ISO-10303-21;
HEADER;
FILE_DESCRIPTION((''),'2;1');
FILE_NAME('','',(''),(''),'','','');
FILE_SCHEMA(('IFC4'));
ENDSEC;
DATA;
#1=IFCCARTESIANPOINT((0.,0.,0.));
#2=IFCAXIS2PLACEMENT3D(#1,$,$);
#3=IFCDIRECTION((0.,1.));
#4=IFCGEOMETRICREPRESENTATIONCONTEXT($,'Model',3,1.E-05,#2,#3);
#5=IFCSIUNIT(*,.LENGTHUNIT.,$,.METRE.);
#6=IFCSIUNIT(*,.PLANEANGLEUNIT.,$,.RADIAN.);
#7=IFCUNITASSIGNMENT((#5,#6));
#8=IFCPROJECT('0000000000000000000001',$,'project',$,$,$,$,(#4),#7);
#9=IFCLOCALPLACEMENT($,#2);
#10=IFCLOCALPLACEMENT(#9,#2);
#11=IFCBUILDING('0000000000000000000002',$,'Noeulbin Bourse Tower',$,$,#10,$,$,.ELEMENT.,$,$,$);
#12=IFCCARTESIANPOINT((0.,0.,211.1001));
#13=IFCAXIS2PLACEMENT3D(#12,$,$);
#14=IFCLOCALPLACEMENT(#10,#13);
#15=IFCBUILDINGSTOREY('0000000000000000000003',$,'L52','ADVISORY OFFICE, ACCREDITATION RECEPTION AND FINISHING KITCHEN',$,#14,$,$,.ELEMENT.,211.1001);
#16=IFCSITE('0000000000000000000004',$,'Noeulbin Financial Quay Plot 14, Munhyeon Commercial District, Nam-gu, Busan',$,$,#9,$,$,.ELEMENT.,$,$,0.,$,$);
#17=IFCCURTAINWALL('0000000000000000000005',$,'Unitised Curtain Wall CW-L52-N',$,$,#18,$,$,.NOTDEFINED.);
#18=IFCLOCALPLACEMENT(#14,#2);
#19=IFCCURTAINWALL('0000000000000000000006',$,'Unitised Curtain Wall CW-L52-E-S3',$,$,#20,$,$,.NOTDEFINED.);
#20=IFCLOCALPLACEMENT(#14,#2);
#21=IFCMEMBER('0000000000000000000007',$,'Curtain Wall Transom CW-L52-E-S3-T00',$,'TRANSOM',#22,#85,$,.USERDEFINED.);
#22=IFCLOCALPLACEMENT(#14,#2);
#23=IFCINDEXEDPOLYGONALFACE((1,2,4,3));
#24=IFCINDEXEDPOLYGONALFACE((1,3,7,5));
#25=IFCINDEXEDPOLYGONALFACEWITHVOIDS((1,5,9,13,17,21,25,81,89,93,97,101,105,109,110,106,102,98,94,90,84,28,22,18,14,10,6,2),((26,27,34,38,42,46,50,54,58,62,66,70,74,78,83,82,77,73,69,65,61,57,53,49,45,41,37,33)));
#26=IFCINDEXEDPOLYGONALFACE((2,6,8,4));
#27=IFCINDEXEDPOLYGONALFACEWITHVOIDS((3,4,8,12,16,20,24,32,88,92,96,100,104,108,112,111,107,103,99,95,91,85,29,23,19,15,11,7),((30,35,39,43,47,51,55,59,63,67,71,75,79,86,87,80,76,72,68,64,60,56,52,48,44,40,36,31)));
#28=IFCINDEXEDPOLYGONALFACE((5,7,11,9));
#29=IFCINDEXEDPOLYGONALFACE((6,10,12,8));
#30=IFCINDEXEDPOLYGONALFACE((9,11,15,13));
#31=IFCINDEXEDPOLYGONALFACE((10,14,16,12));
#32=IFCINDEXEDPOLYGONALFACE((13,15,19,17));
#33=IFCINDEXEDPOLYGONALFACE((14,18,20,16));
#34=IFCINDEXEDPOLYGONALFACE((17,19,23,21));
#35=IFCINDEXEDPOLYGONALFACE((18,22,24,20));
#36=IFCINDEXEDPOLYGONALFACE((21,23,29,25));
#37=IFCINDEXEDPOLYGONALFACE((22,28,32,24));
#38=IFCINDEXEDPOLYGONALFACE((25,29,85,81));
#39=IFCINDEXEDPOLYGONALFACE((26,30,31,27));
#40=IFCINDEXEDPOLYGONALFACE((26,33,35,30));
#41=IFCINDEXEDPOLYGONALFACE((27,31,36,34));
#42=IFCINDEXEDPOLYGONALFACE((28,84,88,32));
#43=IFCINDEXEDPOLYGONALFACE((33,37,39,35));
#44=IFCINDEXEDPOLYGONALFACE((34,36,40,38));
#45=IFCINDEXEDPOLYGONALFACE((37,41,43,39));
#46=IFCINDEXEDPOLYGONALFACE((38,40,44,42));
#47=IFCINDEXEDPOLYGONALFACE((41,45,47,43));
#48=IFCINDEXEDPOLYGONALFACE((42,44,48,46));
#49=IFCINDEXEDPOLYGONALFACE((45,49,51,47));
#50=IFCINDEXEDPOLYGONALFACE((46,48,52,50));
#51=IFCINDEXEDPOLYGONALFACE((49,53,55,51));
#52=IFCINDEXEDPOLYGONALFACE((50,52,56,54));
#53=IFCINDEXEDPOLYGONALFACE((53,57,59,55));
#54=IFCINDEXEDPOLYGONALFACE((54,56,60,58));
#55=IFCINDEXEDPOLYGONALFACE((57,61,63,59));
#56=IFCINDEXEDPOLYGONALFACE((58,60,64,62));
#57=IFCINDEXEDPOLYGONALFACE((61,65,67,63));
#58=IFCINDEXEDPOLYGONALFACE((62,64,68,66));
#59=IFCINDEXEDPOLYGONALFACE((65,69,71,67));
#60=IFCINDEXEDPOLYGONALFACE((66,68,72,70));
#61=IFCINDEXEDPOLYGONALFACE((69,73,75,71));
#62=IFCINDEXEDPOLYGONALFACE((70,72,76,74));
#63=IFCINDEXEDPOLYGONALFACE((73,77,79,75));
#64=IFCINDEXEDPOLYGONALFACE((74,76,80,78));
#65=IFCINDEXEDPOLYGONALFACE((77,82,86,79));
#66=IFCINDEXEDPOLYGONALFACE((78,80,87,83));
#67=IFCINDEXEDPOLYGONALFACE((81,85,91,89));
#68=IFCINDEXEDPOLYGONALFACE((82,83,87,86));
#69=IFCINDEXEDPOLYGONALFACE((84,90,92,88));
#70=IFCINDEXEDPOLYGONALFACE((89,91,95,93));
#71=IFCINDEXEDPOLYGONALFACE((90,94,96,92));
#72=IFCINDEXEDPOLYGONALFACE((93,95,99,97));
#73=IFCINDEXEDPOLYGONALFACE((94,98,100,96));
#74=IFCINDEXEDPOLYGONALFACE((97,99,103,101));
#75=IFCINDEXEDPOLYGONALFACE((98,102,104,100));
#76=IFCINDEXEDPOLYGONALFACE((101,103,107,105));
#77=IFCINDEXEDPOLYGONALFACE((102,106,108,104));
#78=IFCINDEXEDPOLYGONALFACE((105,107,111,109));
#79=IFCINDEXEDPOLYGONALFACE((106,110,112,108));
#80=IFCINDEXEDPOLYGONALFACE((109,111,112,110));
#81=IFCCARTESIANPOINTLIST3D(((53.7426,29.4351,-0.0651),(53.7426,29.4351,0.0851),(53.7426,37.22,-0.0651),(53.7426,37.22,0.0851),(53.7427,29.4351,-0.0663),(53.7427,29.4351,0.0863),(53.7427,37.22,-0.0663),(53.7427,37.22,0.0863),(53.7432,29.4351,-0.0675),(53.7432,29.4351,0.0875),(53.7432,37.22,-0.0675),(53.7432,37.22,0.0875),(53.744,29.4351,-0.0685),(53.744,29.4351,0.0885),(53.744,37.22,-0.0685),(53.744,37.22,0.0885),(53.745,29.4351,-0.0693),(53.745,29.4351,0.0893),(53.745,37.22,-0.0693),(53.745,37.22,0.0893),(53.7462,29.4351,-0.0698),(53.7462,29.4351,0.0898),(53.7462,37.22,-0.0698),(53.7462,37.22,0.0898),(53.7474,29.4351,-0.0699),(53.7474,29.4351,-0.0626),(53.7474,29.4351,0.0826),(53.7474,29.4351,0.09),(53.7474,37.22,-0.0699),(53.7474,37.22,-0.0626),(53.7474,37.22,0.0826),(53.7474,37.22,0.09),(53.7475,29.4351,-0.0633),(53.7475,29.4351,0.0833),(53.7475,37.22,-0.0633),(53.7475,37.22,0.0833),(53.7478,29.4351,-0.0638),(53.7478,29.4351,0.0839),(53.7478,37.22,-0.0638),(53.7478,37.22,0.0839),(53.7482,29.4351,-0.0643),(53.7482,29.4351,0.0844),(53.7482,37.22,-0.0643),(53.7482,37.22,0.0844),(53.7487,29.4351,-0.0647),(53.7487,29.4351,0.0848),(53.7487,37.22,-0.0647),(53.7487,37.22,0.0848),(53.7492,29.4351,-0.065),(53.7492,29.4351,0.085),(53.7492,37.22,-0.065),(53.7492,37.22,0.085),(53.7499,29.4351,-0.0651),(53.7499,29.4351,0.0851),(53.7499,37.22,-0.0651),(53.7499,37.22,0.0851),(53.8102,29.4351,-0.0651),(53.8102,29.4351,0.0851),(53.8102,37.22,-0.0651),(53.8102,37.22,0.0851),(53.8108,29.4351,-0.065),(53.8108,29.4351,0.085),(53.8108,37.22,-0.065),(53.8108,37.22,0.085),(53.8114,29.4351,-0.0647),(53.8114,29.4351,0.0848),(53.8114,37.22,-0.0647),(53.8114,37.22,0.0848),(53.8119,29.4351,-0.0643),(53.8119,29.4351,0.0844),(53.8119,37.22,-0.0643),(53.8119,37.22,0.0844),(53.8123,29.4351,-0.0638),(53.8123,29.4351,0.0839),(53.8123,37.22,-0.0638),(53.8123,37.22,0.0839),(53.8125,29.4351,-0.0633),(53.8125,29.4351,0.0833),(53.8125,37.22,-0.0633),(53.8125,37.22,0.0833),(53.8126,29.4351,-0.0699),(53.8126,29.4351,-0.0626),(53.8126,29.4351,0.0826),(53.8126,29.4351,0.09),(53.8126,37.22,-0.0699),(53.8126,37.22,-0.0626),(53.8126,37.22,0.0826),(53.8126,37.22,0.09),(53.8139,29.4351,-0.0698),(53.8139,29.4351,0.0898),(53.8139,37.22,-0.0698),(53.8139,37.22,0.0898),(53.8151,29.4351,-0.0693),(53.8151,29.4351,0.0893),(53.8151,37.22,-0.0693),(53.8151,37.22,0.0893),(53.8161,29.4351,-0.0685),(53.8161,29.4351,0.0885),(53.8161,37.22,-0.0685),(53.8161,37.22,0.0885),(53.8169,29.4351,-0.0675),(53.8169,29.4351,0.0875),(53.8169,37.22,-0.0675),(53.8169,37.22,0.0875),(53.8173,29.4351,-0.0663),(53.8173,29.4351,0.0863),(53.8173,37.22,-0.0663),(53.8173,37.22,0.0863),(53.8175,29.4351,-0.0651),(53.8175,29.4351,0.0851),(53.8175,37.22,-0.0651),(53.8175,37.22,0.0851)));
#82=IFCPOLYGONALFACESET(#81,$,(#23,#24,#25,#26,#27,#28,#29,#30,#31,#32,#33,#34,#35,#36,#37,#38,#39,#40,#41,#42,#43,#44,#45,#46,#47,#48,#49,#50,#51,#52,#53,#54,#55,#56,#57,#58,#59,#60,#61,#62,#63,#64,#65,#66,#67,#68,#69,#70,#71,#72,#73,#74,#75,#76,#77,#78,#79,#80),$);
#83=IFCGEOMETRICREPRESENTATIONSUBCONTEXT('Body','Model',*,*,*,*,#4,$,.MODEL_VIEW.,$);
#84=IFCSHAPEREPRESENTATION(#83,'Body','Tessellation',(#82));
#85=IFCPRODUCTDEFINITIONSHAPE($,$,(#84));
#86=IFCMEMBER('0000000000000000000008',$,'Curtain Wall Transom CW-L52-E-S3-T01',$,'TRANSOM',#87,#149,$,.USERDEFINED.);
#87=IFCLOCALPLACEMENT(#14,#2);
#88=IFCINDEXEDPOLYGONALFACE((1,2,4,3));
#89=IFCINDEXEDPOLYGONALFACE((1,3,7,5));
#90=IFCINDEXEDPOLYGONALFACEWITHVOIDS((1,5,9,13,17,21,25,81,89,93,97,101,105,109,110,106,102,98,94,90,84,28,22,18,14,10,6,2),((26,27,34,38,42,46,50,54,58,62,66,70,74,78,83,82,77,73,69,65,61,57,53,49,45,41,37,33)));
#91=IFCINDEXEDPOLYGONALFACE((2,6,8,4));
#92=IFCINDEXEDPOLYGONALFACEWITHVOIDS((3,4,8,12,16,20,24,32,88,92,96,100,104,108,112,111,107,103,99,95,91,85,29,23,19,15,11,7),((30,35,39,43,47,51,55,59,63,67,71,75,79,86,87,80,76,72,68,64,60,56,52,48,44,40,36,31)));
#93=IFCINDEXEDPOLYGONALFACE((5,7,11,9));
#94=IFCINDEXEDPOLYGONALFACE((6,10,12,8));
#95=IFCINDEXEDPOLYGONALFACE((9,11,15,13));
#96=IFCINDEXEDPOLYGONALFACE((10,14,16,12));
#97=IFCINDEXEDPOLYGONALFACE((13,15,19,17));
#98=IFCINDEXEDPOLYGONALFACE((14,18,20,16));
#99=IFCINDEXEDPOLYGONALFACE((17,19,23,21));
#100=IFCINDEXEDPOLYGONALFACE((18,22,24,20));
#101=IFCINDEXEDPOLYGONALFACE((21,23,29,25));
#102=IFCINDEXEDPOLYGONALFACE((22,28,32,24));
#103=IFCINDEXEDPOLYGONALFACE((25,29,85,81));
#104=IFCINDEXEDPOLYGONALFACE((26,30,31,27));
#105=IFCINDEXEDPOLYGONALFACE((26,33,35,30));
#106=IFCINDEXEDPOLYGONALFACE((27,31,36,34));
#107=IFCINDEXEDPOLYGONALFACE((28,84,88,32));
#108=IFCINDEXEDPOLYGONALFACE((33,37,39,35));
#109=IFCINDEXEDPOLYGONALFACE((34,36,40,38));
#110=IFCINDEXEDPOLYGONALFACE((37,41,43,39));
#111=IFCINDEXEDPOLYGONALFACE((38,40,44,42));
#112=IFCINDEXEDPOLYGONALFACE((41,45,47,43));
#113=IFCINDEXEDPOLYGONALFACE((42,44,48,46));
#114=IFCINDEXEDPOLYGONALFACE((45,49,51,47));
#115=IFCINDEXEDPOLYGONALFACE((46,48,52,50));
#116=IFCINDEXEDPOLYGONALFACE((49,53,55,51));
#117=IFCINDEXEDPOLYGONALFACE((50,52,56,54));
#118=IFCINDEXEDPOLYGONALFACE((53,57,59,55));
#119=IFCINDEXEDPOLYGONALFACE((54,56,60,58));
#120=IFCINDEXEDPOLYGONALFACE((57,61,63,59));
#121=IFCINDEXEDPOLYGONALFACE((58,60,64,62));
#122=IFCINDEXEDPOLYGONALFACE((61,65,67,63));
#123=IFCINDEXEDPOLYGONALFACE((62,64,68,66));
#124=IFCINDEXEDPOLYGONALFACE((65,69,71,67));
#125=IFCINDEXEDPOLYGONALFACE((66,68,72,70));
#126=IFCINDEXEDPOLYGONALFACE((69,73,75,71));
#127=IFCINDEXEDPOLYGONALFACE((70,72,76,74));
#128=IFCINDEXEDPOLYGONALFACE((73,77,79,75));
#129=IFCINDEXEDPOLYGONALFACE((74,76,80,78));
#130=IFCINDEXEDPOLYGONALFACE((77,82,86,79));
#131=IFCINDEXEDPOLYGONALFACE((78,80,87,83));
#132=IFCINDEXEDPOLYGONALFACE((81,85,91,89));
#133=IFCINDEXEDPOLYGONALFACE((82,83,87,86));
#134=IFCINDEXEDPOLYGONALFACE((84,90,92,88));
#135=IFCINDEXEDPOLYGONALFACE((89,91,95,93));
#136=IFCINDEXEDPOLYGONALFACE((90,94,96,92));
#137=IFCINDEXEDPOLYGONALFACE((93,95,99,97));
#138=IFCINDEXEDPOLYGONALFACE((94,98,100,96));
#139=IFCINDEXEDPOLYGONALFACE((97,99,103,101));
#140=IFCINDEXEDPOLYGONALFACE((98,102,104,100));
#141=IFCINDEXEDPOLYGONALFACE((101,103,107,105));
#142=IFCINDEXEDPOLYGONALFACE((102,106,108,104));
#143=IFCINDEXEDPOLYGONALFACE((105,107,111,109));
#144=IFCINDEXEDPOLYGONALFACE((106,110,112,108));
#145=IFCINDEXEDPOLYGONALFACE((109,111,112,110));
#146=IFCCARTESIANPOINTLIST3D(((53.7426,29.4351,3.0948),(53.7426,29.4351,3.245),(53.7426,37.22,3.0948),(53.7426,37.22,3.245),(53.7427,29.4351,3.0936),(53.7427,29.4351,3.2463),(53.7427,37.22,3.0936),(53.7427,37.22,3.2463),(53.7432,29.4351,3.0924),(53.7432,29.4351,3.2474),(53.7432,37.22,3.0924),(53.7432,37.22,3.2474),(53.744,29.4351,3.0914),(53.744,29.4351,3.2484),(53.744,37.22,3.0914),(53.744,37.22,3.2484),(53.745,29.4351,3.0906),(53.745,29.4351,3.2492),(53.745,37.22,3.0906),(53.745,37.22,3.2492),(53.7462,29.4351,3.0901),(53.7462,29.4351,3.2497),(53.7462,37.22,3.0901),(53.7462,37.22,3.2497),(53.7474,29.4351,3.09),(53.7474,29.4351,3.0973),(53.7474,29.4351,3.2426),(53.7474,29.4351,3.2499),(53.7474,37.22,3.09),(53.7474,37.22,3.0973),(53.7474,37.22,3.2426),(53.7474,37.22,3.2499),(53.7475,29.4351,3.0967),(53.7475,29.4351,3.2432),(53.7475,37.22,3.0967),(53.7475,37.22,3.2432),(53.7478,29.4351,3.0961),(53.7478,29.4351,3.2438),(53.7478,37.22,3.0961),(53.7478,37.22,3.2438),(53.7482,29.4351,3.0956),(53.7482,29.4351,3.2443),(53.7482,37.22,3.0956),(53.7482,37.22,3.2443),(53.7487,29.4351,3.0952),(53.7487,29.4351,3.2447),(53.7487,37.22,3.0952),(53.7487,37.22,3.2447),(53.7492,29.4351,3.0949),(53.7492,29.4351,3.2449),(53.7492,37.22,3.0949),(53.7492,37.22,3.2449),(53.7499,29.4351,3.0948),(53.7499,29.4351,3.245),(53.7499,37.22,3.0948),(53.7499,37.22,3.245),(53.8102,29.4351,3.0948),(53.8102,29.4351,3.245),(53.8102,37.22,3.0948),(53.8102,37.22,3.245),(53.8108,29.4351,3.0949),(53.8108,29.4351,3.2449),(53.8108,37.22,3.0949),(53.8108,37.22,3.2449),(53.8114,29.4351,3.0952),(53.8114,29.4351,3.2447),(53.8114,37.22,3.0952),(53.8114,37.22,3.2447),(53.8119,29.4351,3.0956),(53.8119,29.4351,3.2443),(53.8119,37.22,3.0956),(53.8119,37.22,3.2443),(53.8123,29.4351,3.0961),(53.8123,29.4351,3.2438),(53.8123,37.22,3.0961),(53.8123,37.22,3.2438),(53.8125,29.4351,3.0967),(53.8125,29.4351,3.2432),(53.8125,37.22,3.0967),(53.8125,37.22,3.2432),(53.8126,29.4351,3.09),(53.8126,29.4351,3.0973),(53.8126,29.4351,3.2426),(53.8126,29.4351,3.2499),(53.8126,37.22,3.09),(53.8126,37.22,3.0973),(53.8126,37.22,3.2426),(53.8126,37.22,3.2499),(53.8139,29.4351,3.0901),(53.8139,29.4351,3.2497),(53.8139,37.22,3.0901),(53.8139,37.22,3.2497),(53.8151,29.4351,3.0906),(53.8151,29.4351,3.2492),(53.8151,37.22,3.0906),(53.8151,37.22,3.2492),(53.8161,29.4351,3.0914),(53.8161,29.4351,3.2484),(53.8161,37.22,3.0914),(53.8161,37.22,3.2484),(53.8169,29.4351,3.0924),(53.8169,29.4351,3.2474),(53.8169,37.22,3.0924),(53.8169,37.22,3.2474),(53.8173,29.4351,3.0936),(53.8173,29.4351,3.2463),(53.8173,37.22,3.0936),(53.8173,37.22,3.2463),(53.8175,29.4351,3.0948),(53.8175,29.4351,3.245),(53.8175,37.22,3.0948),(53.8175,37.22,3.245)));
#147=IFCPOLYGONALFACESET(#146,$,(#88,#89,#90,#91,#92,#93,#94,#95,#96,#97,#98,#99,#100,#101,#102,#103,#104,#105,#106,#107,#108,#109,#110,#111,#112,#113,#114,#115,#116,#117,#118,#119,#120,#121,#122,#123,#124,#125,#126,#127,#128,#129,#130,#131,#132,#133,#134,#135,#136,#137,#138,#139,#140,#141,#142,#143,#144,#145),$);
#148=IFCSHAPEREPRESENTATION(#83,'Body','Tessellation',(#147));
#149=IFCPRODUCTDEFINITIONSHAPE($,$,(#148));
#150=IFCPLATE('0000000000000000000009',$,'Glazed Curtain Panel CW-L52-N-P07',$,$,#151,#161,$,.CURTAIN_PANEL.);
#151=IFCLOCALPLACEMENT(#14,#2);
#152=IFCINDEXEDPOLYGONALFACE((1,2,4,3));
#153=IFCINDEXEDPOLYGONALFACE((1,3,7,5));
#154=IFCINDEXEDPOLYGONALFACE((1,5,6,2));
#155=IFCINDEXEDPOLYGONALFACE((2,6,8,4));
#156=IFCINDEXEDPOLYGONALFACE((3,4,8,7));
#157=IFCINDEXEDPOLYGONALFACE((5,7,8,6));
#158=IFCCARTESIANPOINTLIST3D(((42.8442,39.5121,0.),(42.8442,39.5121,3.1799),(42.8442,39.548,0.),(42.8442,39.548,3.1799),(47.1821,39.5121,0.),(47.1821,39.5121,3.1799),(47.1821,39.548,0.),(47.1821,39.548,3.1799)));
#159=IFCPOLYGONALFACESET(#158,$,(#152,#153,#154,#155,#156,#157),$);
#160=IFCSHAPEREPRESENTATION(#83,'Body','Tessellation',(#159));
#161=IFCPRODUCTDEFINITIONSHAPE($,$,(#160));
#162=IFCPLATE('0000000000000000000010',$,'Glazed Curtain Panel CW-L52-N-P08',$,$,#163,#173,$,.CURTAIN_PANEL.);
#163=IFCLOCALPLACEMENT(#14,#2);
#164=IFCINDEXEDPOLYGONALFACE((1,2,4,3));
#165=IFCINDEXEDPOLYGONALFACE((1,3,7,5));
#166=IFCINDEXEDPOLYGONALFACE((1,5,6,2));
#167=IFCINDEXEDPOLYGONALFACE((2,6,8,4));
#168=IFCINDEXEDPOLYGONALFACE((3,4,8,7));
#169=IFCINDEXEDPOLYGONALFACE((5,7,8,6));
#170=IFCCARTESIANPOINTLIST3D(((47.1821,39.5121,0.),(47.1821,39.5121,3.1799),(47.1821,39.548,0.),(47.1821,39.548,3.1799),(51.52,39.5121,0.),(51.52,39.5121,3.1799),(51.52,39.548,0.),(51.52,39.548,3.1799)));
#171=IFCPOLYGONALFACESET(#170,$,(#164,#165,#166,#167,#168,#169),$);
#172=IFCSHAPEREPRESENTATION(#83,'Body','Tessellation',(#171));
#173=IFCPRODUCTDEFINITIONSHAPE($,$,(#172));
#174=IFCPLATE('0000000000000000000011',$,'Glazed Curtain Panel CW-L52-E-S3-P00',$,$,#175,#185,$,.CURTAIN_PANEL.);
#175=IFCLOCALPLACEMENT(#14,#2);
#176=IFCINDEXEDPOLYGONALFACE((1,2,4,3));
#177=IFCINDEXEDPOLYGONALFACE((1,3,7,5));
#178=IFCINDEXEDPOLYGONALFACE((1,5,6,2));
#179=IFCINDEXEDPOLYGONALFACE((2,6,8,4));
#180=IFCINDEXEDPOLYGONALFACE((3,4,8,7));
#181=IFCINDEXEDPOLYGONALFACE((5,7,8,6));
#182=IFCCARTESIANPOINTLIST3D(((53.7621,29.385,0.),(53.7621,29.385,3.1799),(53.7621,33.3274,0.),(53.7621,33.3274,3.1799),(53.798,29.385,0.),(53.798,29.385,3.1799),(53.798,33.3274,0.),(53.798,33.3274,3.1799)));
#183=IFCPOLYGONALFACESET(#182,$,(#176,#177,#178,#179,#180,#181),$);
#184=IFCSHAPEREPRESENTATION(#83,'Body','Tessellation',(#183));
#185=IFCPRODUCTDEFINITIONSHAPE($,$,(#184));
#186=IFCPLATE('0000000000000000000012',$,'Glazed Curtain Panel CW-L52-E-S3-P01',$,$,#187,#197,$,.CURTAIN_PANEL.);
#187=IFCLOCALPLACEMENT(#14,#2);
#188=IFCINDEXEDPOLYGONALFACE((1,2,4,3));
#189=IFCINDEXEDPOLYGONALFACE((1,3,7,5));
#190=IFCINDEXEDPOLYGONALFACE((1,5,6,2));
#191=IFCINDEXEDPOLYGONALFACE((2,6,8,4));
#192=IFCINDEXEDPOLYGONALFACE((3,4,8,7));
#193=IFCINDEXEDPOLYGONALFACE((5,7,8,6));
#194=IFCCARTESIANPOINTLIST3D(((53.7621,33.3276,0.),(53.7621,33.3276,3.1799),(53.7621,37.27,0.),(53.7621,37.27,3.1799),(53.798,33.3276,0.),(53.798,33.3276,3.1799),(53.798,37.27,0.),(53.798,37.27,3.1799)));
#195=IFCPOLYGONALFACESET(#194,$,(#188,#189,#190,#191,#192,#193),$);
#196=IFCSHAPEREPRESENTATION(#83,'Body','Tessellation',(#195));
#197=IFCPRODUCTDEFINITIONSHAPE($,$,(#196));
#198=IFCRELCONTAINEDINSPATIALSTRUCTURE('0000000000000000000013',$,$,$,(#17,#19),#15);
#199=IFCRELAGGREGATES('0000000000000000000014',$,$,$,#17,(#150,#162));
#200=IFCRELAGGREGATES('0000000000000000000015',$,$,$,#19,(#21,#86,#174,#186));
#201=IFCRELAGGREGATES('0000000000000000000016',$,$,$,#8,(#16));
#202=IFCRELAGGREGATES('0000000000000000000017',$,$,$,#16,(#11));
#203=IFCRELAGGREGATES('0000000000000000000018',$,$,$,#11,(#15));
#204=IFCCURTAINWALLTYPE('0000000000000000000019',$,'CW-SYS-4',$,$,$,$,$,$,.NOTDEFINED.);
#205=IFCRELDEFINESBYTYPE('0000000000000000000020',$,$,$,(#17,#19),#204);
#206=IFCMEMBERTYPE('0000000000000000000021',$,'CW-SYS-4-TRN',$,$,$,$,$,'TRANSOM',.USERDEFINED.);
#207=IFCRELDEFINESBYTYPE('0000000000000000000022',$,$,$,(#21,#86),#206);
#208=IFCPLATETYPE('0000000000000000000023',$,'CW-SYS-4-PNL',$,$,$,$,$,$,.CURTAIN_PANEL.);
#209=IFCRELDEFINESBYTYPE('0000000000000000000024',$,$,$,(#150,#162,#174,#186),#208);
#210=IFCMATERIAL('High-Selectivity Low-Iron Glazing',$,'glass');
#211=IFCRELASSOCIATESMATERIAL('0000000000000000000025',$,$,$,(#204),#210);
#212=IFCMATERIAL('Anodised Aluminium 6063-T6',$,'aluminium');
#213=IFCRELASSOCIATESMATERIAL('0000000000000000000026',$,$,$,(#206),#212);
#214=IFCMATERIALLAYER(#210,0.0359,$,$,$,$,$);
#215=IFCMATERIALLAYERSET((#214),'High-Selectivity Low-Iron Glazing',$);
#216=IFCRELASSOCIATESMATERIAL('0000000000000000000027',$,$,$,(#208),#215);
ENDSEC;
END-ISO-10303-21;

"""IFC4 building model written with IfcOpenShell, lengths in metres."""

from ifc_helpers import new_model, si_unit, direction, frame, origin, origin_2d, place, context, subcontext, project, spatial, rectangle, hollow_rectangle, extrude, material, layer, layer_set, material_profile, profile_set, type_object, element, aggregate, save


model = new_model("IFC4")

# Units and contexts
model_context = context("Model", 3, precision=1e-05, world=origin(), true_north=direction((0.0, 1.0)))
body_context = subcontext(model_context, "Body", "Model", "MODEL_VIEW")
ifc_project = project(units=[si_unit("LENGTHUNIT", "METRE"), si_unit("PLANEANGLEUNIT", "RADIAN")], contexts=[model_context])

# Site, building, storey
site_placement = place(None, origin())
site = spatial("IfcSite", under=ifc_project, at=site_placement, Name="Noeulbin Financial Quay Plot 14, Munhyeon Commercial District, Nam-gu, Busan", CompositionType="ELEMENT", RefElevation=0.0)
building_placement = place(site_placement, origin())
building = spatial("IfcBuilding", under=site, at=building_placement, Name="Noeulbin Bourse Tower", CompositionType="ELEMENT")
storey_placement = place(building_placement, frame((0.0, 0.0, 211.1001)))
storey = spatial("IfcBuildingStorey", under=building, at=storey_placement, Name="L52", Description="ADVISORY OFFICE, ACCREDITATION RECEPTION AND FINISHING KITCHEN", CompositionType="ELEMENT", Elevation=211.1001)

# Curtain walls, members
ifc_material_1 = material(Name="High-Selectivity Low-Iron Glazing", Category="glass")
curtain_wall_type = type_object("IfcCurtainWallType", Name="CW-SYS-4", PredefinedType="NOTDEFINED", material=ifc_material_1)
curtain_wall_1_placement = place(storey_placement, origin())
curtain_wall_1 = element("IfcCurtainWall", 1, at=curtain_wall_1_placement, inside=storey, type_object=curtain_wall_type, Name="Unitised Curtain Wall CW-L52-N", PredefinedType="NOTDEFINED")
ifc_material_2 = material(Name="Anodised Aluminium 6063-T6", Category="aluminium")
curtain_wall_2_placement = place(storey_placement, origin())
curtain_wall_2 = element("IfcCurtainWall", 2, at=curtain_wall_2_placement, inside=storey, type_object=curtain_wall_type, Name="Unitised Curtain Wall CW-L52-E-S3", PredefinedType="NOTDEFINED")
ifc_material_profile_1 = material_profile(ifc_material_2, hollow_rectangle(XDim=0.075, YDim=0.1599, WallThickness=0.0049, InnerFilletRadius=0.0024, OuterFilletRadius=0.0049, at=origin_2d()), Name="ALU-TRAN-75x160x5", Category="LoadBearing")
ifc_profile_set_1 = profile_set([ifc_material_profile_1], Name="Anodised Aluminium 6063-T6")
member_type_1 = type_object("IfcMemberType", Name="CW-SYS-4-TRN", ElementType="TRANSOM", PredefinedType="USERDEFINED", material=ifc_profile_set_1)
member_1_placement = place(storey_placement, frame((53.78, 29.4351, 0.01), z_axis=(0.0, 1.0, 0.0), x_axis=(-1.0, 0.0, 0.0)))
member_1 = element("IfcMember", 3, at=member_1_placement, type_object=member_type_1, Name="Curtain Wall Transom CW-L52-E-S3-T00", ObjectType="TRANSOM", PredefinedType="USERDEFINED", context=body_context, shape_type="SweptSolid", body=[
    extrude(hollow_rectangle(XDim=0.075, YDim=0.1599, WallThickness=0.0049, InnerFilletRadius=0.0024, OuterFilletRadius=0.0049, at=origin_2d()), origin(), (0.0, 0.0, 1.0), 7.7849),
])
member_2_placement = place(storey_placement, frame((53.78, 29.4351, 3.1699), z_axis=(0.0, 1.0, 0.0), x_axis=(-1.0, 0.0, 0.0)))
member_2 = element("IfcMember", 4, at=member_2_placement, type_object=member_type_1, Name="Curtain Wall Transom CW-L52-E-S3-T01", ObjectType="TRANSOM", PredefinedType="USERDEFINED", context=body_context, shape_type="SweptSolid", body=[
    extrude(hollow_rectangle(XDim=0.075, YDim=0.1599, WallThickness=0.0049, InnerFilletRadius=0.0024, OuterFilletRadius=0.0049, at=origin_2d()), origin(), (0.0, 0.0, 1.0), 7.7849),
])

# Plates
ifc_layer_1 = layer(ifc_material_1, 0.0359)
ifc_layer_set_1 = layer_set([ifc_layer_1], Name="High-Selectivity Low-Iron Glazing")
plate_type_1 = type_object("IfcPlateType", Name="CW-SYS-4-PNL", PredefinedType="CURTAIN_PANEL", material=ifc_layer_set_1)
plate_1_placement = place(storey_placement, frame((45.0132, 39.53, 0.0), z_axis=(0.0, 0.0, 1.0), x_axis=(1.0, 0.0, 0.0)))
plate_1 = element("IfcPlate", 5, at=plate_1_placement, type_object=plate_type_1, Name="Glazed Curtain Panel CW-L52-N-P07", PredefinedType="CURTAIN_PANEL", context=body_context, shape_type="SweptSolid", body=[
    extrude(rectangle(XDim=4.3379, YDim=0.0359, at=origin_2d()), origin(), (0.0, 0.0, 1.0), 3.1799),
])
plate_2_placement = place(storey_placement, frame((49.3511, 39.53, 0.0), z_axis=(0.0, 0.0, 1.0), x_axis=(1.0, 0.0, 0.0)))
plate_2 = element("IfcPlate", 6, at=plate_2_placement, type_object=plate_type_1, Name="Glazed Curtain Panel CW-L52-N-P08", PredefinedType="CURTAIN_PANEL", context=body_context, shape_type="SweptSolid", body=[
    extrude(rectangle(XDim=4.3379, YDim=0.0359, at=origin_2d()), origin(), (0.0, 0.0, 1.0), 3.1799),
])
aggregate(curtain_wall_1, [plate_1, plate_2])
plate_3_placement = place(storey_placement, frame((53.78, 31.3562, 0.0), z_axis=(0.0, 0.0, 1.0), x_axis=(0.0, 1.0, 0.0)))
plate_3 = element("IfcPlate", 7, at=plate_3_placement, type_object=plate_type_1, Name="Glazed Curtain Panel CW-L52-E-S3-P00", PredefinedType="CURTAIN_PANEL", context=body_context, shape_type="SweptSolid", body=[
    extrude(rectangle(XDim=3.9424, YDim=0.0359, at=origin_2d()), origin(), (0.0, 0.0, 1.0), 3.1799),
])
plate_4_placement = place(storey_placement, frame((53.78, 35.2988, 0.0), z_axis=(0.0, 0.0, 1.0), x_axis=(0.0, 1.0, 0.0)))
plate_4 = element("IfcPlate", 8, at=plate_4_placement, type_object=plate_type_1, Name="Glazed Curtain Panel CW-L52-E-S3-P01", PredefinedType="CURTAIN_PANEL", context=body_context, shape_type="SweptSolid", body=[
    extrude(rectangle(XDim=3.9424, YDim=0.0359, at=origin_2d()), origin(), (0.0, 0.0, 1.0), 3.1799),
])
aggregate(curtain_wall_2, [member_1, member_2, plate_3, plate_4])

save(model, "model.ifc")
